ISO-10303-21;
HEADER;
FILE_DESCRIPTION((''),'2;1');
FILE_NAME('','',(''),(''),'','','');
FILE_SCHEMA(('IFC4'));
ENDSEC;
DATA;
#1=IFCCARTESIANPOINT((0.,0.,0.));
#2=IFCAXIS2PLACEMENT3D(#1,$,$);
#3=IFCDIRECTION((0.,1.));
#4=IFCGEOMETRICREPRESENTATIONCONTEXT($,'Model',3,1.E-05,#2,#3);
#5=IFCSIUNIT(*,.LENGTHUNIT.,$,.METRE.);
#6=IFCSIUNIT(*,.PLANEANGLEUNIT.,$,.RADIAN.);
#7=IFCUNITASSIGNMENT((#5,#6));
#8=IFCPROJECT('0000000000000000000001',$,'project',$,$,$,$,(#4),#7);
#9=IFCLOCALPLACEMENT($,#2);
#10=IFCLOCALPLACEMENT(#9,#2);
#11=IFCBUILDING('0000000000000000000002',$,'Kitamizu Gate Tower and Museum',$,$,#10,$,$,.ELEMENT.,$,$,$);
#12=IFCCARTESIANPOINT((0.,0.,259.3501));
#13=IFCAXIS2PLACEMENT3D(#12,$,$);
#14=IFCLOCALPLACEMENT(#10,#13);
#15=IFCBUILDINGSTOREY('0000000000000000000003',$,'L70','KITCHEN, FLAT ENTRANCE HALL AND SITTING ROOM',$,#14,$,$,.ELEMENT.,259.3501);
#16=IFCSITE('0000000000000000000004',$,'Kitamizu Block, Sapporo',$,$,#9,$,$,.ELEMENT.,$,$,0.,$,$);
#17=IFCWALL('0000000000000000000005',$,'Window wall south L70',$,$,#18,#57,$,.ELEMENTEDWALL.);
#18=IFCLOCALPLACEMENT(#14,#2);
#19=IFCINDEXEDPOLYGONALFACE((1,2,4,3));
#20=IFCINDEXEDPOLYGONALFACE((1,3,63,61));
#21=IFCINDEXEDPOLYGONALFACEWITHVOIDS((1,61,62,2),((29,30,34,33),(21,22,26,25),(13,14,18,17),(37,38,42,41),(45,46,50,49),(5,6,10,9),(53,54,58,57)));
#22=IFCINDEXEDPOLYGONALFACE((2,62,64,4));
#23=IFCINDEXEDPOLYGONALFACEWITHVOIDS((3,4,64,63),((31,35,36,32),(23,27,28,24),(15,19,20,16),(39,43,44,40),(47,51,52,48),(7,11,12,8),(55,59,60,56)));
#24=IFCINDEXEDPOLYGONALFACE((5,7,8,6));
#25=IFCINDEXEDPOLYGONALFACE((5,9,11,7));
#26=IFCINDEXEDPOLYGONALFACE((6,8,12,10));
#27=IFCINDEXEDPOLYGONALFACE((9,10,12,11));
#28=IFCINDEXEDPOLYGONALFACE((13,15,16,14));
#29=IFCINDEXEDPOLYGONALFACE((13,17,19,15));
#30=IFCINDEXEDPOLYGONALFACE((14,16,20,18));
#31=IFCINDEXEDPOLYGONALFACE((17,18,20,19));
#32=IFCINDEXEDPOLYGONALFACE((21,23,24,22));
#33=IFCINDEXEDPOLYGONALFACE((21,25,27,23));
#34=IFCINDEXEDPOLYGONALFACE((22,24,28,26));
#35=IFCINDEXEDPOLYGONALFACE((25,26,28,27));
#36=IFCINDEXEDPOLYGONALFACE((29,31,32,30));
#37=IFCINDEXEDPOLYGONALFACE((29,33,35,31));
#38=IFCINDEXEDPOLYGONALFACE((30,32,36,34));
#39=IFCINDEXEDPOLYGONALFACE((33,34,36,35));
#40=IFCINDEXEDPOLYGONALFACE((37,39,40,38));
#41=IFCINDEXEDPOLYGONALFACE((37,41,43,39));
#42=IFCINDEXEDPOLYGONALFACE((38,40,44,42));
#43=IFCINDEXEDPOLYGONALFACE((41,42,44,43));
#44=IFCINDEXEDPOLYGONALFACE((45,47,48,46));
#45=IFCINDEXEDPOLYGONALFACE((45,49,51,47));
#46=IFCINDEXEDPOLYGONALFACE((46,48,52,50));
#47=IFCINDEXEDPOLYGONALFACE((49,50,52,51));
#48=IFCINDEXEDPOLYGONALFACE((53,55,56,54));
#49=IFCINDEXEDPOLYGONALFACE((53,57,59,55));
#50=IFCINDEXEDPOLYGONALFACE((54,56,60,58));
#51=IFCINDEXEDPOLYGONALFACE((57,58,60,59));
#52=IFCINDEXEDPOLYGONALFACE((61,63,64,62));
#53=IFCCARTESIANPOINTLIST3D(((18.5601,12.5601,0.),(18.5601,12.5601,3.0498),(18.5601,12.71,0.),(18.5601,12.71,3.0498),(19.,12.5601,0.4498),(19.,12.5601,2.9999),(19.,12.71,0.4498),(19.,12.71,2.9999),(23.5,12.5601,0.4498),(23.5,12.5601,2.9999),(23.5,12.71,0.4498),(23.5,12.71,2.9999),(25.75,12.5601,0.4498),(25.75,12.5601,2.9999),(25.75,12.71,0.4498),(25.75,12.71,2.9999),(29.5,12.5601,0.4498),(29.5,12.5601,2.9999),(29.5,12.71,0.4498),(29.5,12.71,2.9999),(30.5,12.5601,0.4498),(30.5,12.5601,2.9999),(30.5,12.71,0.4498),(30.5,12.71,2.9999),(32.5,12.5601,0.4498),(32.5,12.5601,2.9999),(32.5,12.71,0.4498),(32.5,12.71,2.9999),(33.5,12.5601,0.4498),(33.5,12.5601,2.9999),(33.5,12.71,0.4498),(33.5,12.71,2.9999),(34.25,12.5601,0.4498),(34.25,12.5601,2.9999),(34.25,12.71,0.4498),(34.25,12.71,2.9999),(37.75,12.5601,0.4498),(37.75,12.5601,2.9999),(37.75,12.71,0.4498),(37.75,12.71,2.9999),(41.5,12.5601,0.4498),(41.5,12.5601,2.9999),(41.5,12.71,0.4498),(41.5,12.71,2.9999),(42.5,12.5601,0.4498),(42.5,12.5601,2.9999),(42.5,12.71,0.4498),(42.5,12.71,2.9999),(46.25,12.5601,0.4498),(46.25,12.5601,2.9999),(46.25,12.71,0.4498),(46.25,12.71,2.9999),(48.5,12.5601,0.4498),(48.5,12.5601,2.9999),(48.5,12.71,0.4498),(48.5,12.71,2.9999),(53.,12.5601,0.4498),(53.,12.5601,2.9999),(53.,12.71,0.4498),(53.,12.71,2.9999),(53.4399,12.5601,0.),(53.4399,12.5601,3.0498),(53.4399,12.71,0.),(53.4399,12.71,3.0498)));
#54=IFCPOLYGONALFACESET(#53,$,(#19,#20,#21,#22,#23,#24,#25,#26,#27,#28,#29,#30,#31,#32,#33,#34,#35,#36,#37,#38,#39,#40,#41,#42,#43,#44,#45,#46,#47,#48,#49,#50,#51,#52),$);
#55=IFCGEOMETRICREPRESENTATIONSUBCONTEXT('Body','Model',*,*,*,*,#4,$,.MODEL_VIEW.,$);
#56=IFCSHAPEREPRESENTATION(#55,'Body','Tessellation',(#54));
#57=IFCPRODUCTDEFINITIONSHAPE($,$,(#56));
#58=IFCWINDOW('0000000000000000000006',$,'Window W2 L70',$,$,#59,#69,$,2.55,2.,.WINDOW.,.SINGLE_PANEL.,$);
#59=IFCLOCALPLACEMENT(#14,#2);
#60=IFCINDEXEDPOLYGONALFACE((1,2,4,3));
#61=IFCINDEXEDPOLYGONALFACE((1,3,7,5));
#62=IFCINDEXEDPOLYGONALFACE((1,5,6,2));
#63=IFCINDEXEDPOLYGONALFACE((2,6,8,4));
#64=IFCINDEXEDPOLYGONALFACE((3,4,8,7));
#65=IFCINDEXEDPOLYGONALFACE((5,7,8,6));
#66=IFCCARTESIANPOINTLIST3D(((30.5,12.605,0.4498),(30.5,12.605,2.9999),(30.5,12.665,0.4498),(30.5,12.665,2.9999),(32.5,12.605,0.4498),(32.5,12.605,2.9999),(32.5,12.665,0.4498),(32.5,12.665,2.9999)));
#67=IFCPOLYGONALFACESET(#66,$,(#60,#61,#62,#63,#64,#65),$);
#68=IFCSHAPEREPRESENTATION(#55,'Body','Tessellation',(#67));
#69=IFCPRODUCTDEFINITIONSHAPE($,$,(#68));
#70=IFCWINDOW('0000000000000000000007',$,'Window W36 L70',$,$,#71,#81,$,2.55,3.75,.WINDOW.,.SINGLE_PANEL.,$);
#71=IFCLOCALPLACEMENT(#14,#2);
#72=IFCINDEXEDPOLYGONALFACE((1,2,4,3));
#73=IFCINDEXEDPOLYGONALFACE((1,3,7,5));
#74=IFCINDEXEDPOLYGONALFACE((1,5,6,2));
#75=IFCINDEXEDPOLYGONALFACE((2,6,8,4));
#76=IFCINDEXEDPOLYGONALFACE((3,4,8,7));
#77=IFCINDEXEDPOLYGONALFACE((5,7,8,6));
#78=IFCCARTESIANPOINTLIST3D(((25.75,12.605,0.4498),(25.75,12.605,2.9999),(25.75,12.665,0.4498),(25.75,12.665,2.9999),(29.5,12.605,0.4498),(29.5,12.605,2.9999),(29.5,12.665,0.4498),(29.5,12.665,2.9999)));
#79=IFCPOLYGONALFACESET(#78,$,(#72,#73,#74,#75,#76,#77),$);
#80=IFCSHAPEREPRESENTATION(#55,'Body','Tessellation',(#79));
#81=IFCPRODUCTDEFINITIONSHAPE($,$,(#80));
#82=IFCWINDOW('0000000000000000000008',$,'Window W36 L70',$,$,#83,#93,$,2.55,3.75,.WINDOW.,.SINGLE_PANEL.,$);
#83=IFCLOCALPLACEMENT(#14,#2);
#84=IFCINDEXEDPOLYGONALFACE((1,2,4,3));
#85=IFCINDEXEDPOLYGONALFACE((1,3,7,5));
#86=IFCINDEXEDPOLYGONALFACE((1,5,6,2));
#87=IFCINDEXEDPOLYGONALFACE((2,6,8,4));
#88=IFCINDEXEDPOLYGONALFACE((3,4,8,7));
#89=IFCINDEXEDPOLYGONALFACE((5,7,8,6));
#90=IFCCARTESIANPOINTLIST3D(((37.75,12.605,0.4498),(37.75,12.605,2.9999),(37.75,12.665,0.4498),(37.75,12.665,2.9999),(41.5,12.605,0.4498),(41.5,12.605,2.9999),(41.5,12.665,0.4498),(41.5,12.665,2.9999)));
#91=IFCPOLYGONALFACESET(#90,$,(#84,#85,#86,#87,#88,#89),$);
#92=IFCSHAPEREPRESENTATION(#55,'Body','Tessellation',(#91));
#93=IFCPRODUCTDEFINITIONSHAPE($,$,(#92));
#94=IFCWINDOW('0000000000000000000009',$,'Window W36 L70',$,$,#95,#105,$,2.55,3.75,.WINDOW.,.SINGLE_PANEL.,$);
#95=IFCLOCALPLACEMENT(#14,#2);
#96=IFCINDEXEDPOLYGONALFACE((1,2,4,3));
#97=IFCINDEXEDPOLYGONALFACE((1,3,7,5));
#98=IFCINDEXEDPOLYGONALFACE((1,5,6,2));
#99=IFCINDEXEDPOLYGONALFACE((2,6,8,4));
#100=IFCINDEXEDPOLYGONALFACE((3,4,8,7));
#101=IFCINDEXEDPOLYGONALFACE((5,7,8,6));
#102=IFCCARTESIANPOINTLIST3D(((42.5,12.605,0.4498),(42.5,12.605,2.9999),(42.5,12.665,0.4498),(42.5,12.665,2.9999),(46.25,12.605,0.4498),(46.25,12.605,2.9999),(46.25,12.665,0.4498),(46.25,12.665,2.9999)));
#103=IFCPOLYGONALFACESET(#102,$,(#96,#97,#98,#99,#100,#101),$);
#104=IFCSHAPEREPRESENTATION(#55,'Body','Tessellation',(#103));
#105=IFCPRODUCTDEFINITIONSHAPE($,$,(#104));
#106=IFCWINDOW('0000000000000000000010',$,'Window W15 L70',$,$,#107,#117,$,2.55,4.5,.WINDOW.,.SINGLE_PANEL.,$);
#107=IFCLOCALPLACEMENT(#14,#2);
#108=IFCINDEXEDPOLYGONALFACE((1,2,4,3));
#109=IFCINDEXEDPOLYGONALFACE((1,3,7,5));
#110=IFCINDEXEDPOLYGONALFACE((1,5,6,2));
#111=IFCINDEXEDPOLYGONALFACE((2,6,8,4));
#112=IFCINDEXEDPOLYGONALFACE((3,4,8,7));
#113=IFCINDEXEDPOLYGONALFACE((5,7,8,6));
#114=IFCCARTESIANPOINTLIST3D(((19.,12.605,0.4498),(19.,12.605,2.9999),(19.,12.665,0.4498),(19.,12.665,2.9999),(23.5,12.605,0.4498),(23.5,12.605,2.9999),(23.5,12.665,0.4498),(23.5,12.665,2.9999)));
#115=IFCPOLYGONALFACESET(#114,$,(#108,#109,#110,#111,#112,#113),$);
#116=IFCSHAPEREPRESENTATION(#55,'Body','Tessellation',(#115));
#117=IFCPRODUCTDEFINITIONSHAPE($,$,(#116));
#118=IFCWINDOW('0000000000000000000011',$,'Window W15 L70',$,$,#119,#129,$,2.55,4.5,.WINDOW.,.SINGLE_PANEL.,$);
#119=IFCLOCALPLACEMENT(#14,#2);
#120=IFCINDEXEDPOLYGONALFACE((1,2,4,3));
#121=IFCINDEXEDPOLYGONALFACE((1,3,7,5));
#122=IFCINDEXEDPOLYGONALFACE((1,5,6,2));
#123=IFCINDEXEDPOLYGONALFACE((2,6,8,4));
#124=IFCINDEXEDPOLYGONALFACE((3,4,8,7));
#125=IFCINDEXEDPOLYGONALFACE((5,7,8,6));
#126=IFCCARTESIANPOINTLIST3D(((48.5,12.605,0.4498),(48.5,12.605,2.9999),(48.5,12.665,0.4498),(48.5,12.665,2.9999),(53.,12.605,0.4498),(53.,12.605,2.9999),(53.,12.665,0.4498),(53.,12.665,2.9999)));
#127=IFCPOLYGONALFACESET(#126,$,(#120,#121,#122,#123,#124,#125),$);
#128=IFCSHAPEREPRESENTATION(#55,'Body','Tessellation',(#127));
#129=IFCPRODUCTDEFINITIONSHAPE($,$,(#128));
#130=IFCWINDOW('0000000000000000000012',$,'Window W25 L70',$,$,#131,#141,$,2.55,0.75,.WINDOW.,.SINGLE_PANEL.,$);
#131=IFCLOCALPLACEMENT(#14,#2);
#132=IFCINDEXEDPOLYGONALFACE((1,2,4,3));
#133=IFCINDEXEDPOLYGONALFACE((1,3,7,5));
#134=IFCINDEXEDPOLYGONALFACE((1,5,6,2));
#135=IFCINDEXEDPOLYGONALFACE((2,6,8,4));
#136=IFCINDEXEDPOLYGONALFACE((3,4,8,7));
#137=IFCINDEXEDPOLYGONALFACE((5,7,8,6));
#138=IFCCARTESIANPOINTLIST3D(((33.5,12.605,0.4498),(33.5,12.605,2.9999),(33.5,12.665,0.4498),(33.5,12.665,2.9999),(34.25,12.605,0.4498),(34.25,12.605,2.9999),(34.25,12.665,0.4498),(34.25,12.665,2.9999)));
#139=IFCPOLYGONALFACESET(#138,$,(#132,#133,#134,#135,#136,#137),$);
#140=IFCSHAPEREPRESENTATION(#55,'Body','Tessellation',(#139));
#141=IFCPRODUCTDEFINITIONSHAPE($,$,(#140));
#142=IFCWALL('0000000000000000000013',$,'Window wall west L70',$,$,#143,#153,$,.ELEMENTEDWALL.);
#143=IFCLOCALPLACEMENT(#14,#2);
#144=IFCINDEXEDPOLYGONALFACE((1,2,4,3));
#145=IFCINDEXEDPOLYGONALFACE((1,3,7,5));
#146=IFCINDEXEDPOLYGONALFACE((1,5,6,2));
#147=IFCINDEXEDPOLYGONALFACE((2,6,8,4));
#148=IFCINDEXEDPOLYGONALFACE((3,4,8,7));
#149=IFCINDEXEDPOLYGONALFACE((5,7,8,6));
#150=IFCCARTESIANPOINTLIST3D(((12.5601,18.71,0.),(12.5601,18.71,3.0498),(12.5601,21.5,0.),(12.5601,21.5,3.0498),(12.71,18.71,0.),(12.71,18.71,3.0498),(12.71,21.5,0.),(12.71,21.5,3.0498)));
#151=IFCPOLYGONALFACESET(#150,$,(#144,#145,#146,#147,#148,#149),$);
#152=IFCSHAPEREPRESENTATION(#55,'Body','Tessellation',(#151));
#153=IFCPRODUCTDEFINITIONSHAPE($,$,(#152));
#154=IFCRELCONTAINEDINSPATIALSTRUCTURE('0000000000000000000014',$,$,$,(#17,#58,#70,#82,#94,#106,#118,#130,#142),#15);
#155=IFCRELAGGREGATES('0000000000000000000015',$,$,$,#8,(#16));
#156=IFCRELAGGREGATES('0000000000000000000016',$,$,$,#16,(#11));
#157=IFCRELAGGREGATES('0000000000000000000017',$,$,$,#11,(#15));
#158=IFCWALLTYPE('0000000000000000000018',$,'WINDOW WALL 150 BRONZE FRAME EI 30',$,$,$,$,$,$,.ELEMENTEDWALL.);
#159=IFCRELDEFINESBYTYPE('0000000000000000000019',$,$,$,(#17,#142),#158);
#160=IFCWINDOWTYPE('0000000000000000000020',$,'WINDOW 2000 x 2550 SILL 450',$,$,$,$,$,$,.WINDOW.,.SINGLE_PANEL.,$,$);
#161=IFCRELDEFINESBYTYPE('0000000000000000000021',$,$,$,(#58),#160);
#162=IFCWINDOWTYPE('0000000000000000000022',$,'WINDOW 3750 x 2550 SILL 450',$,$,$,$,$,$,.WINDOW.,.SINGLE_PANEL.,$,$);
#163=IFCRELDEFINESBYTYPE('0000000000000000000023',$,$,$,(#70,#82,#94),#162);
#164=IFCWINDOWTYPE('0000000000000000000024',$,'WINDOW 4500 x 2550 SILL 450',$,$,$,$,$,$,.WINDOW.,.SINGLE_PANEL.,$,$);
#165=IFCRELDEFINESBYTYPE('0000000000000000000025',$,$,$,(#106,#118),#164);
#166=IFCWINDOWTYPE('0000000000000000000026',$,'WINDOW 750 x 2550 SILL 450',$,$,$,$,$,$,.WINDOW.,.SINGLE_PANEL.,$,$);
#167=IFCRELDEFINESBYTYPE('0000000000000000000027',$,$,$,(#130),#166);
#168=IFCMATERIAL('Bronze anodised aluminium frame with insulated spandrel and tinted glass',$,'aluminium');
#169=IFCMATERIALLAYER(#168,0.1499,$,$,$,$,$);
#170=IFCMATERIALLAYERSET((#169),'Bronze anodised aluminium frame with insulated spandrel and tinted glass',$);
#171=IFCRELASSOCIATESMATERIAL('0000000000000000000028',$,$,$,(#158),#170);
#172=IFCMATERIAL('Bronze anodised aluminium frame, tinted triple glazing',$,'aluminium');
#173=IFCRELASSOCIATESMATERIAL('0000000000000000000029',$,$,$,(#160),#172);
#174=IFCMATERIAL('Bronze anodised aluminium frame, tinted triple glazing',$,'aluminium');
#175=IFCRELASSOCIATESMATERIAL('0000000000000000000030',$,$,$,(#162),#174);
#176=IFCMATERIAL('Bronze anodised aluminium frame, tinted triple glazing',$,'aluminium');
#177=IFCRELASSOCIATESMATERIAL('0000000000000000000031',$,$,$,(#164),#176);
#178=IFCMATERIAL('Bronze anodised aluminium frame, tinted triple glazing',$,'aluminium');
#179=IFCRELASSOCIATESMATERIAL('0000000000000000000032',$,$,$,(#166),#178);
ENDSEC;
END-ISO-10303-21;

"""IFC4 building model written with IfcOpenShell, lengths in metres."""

from ifc_helpers import new_model, si_unit, direction, frame, frame_2d, origin, place, context, subcontext, project, spatial, rectangle, extrude, material, layer, layer_set, type_object, element, fill, save


model = new_model("IFC4")

# Units and contexts
model_context = context("Model", 3, precision=1e-05, world=origin(), true_north=direction((0.0, 1.0)))
body_context = subcontext(model_context, "Body", "Model", "MODEL_VIEW")
ifc_project = project(units=[si_unit("LENGTHUNIT", "METRE"), si_unit("PLANEANGLEUNIT", "RADIAN")], contexts=[model_context])

# Site, building, storey
site_placement = place(None, origin())
site = spatial("IfcSite", under=ifc_project, at=site_placement, Name="Kitamizu Block, Sapporo", CompositionType="ELEMENT", RefElevation=0.0)
building_placement = place(site_placement, origin())
building = spatial("IfcBuilding", under=site, at=building_placement, Name="Kitamizu Gate Tower and Museum", CompositionType="ELEMENT")
storey_placement = place(building_placement, frame((0.0, 0.0, 259.3501)))
storey = spatial("IfcBuildingStorey", under=building, at=storey_placement, Name="L70", Description="KITCHEN, FLAT ENTRANCE HALL AND SITTING ROOM", CompositionType="ELEMENT", Elevation=259.3501)

# Wall, openings, windows
ifc_material_1 = material(Name="Bronze anodised aluminium frame with insulated spandrel and tinted glass", Category="aluminium")
ifc_layer_1 = layer(ifc_material_1, 0.1499)
ifc_layer_set_1 = layer_set([ifc_layer_1], Name="Bronze anodised aluminium frame with insulated spandrel and tinted glass")
wall_type = type_object("IfcWallType", Name="WINDOW WALL 150 BRONZE FRAME EI 30", PredefinedType="ELEMENTEDWALL", material=ifc_layer_set_1)
wall_1_placement = place(storey_placement, frame((18.5601, 12.635, 0.0), z_axis=(0.0, 0.0, 1.0), x_axis=(1.0, 0.0, 0.0)))
wall_1 = element("IfcWall", 1, at=wall_1_placement, inside=storey, type_object=wall_type, Name="Window wall south L70", PredefinedType="ELEMENTEDWALL", context=body_context, shape_type="SweptSolid", body=[
    extrude(rectangle(XDim=34.8799, YDim=0.1499, at=frame_2d((17.4399, 0.0))), origin(), (0.0, 0.0, 1.0), 3.0498),
])
opening_1_placement = place(wall_1_placement, frame((0.4399, 0.0, 0.45)))
opening_1 = element("IfcOpeningElement", 2, at=opening_1_placement, cuts=wall_1, PredefinedType="OPENING", context=body_context, shape_type="SweptSolid", body=[
    extrude(rectangle(XDim=4.5, YDim=2.55, at=frame_2d((2.25, 1.2749))), frame((0.0, 0.085, 0.0), z_axis=(0.0, -1.0, 0.0), x_axis=(1.0, 0.0, 0.0)), (0.0, 0.0, 1.0), 0.1699),
])
opening_2_placement = place(wall_1_placement, frame((7.1899, 0.0, 0.45)))
opening_2 = element("IfcOpeningElement", 3, at=opening_2_placement, cuts=wall_1, PredefinedType="OPENING", context=body_context, shape_type="SweptSolid", body=[
    extrude(rectangle(XDim=3.75, YDim=2.55, at=frame_2d((1.875, 1.2749))), frame((0.0, 0.085, 0.0), z_axis=(0.0, -1.0, 0.0), x_axis=(1.0, 0.0, 0.0)), (0.0, 0.0, 1.0), 0.1699),
])
opening_3_placement = place(wall_1_placement, frame((11.9399, 0.0, 0.45)))
opening_3 = element("IfcOpeningElement", 4, at=opening_3_placement, cuts=wall_1, PredefinedType="OPENING", context=body_context, shape_type="SweptSolid", body=[
    extrude(rectangle(XDim=2.0, YDim=2.55, at=frame_2d((1.0, 1.2749))), frame((0.0, 0.085, 0.0), z_axis=(0.0, -1.0, 0.0), x_axis=(1.0, 0.0, 0.0)), (0.0, 0.0, 1.0), 0.1699),
])
opening_4_placement = place(wall_1_placement, frame((14.9399, 0.0, 0.45)))
opening_4 = element("IfcOpeningElement", 5, at=opening_4_placement, cuts=wall_1, PredefinedType="OPENING", context=body_context, shape_type="SweptSolid", body=[
    extrude(rectangle(XDim=0.75, YDim=2.55, at=frame_2d((0.375, 1.2749))), frame((0.0, 0.085, 0.0), z_axis=(0.0, -1.0, 0.0), x_axis=(1.0, 0.0, 0.0)), (0.0, 0.0, 1.0), 0.1699),
])
opening_5_placement = place(wall_1_placement, frame((19.1899, 0.0, 0.45)))
opening_5 = element("IfcOpeningElement", 6, at=opening_5_placement, cuts=wall_1, PredefinedType="OPENING", context=body_context, shape_type="SweptSolid", body=[
    extrude(rectangle(XDim=3.75, YDim=2.55, at=frame_2d((1.875, 1.2749))), frame((0.0, 0.085, 0.0), z_axis=(0.0, -1.0, 0.0), x_axis=(1.0, 0.0, 0.0)), (0.0, 0.0, 1.0), 0.1699),
])
opening_6_placement = place(wall_1_placement, frame((23.9399, 0.0, 0.45)))
opening_6 = element("IfcOpeningElement", 7, at=opening_6_placement, cuts=wall_1, PredefinedType="OPENING", context=body_context, shape_type="SweptSolid", body=[
    extrude(rectangle(XDim=3.75, YDim=2.55, at=frame_2d((1.875, 1.2749))), frame((0.0, 0.085, 0.0), z_axis=(0.0, -1.0, 0.0), x_axis=(1.0, 0.0, 0.0)), (0.0, 0.0, 1.0), 0.1699),
])
opening_7_placement = place(wall_1_placement, frame((29.9399, 0.0, 0.45)))
opening_7 = element("IfcOpeningElement", 8, at=opening_7_placement, cuts=wall_1, PredefinedType="OPENING", context=body_context, shape_type="SweptSolid", body=[
    extrude(rectangle(XDim=4.5, YDim=2.55, at=frame_2d((2.25, 1.2749))), frame((0.0, 0.085, 0.0), z_axis=(0.0, -1.0, 0.0), x_axis=(1.0, 0.0, 0.0)), (0.0, 0.0, 1.0), 0.1699),
])
ifc_material_2 = material(Name="Bronze anodised aluminium frame, tinted triple glazing", Category="aluminium")
window_type_1 = type_object("IfcWindowType", Name="WINDOW 2000 x 2550 SILL 450", PartitioningType="SINGLE_PANEL", PredefinedType="WINDOW", material=ifc_material_2)
window_1_placement = place(opening_3_placement, origin())
window_1 = element("IfcWindow", 9, at=window_1_placement, inside=storey, type_object=window_type_1, Name="Window W2 L70", OverallHeight=2.55, OverallWidth=2.0, PartitioningType="SINGLE_PANEL", PredefinedType="WINDOW", context=body_context, shape_type="SweptSolid", body=[
    extrude(rectangle(XDim=2.0, YDim=2.55, at=frame_2d((1.0, 1.2749))), frame((0.0, 0.03, 0.0), z_axis=(0.0, -1.0, 0.0), x_axis=(1.0, 0.0, 0.0)), (0.0, 0.0, 1.0), 0.0601),
])
fill(opening_3, window_1)
ifc_material_3 = material(Name="Bronze anodised aluminium frame, tinted triple glazing", Category="aluminium")
window_type_2 = type_object("IfcWindowType", Name="WINDOW 3750 x 2550 SILL 450", PartitioningType="SINGLE_PANEL", PredefinedType="WINDOW", material=ifc_material_3)
window_2_placement = place(opening_2_placement, origin())
window_2 = element("IfcWindow", 10, at=window_2_placement, inside=storey, type_object=window_type_2, Name="Window W36 L70", OverallHeight=2.55, OverallWidth=3.75, PartitioningType="SINGLE_PANEL", PredefinedType="WINDOW", context=body_context, shape_type="SweptSolid", body=[
    extrude(rectangle(XDim=3.75, YDim=2.55, at=frame_2d((1.875, 1.2749))), frame((0.0, 0.03, 0.0), z_axis=(0.0, -1.0, 0.0), x_axis=(1.0, 0.0, 0.0)), (0.0, 0.0, 1.0), 0.0601),
])
fill(opening_2, window_2)
window_3_placement = place(opening_5_placement, origin())
window_3 = element("IfcWindow", 11, at=window_3_placement, inside=storey, type_object=window_type_2, Name="Window W36 L70", OverallHeight=2.55, OverallWidth=3.75, PartitioningType="SINGLE_PANEL", PredefinedType="WINDOW", context=body_context, shape_type="SweptSolid", body=[
    extrude(rectangle(XDim=3.75, YDim=2.55, at=frame_2d((1.875, 1.2749))), frame((0.0, 0.03, 0.0), z_axis=(0.0, -1.0, 0.0), x_axis=(1.0, 0.0, 0.0)), (0.0, 0.0, 1.0), 0.0601),
])
fill(opening_5, window_3)
window_4_placement = place(opening_6_placement, origin())
window_4 = element("IfcWindow", 12, at=window_4_placement, inside=storey, type_object=window_type_2, Name="Window W36 L70", OverallHeight=2.55, OverallWidth=3.75, PartitioningType="SINGLE_PANEL", PredefinedType="WINDOW", context=body_context, shape_type="SweptSolid", body=[
    extrude(rectangle(XDim=3.75, YDim=2.55, at=frame_2d((1.875, 1.2749))), frame((0.0, 0.03, 0.0), z_axis=(0.0, -1.0, 0.0), x_axis=(1.0, 0.0, 0.0)), (0.0, 0.0, 1.0), 0.0601),
])
fill(opening_6, window_4)
ifc_material_4 = material(Name="Bronze anodised aluminium frame, tinted triple glazing", Category="aluminium")
window_type_3 = type_object("IfcWindowType", Name="WINDOW 4500 x 2550 SILL 450", PartitioningType="SINGLE_PANEL", PredefinedType="WINDOW", material=ifc_material_4)
window_5_placement = place(opening_1_placement, origin())
window_5 = element("IfcWindow", 13, at=window_5_placement, inside=storey, type_object=window_type_3, Name="Window W15 L70", OverallHeight=2.55, OverallWidth=4.5, PartitioningType="SINGLE_PANEL", PredefinedType="WINDOW", context=body_context, shape_type="SweptSolid", body=[
    extrude(rectangle(XDim=4.5, YDim=2.55, at=frame_2d((2.25, 1.2749))), frame((0.0, 0.03, 0.0), z_axis=(0.0, -1.0, 0.0), x_axis=(1.0, 0.0, 0.0)), (0.0, 0.0, 1.0), 0.0601),
])
fill(opening_1, window_5)
window_6_placement = place(opening_7_placement, origin())
window_6 = element("IfcWindow", 14, at=window_6_placement, inside=storey, type_object=window_type_3, Name="Window W15 L70", OverallHeight=2.55, OverallWidth=4.5, PartitioningType="SINGLE_PANEL", PredefinedType="WINDOW", context=body_context, shape_type="SweptSolid", body=[
    extrude(rectangle(XDim=4.5, YDim=2.55, at=frame_2d((2.25, 1.2749))), frame((0.0, 0.03, 0.0), z_axis=(0.0, -1.0, 0.0), x_axis=(1.0, 0.0, 0.0)), (0.0, 0.0, 1.0), 0.0601),
])
fill(opening_7, window_6)
ifc_material_5 = material(Name="Bronze anodised aluminium frame, tinted triple glazing", Category="aluminium")
window_type_4 = type_object("IfcWindowType", Name="WINDOW 750 x 2550 SILL 450", PartitioningType="SINGLE_PANEL", PredefinedType="WINDOW", material=ifc_material_5)
window_7_placement = place(opening_4_placement, origin())
window_7 = element("IfcWindow", 15, at=window_7_placement, inside=storey, type_object=window_type_4, Name="Window W25 L70", OverallHeight=2.55, OverallWidth=0.75, PartitioningType="SINGLE_PANEL", PredefinedType="WINDOW", context=body_context, shape_type="SweptSolid", body=[
    extrude(rectangle(XDim=0.75, YDim=2.55, at=frame_2d((0.375, 1.2749))), frame((0.0, 0.03, 0.0), z_axis=(0.0, -1.0, 0.0), x_axis=(1.0, 0.0, 0.0)), (0.0, 0.0, 1.0), 0.0601),
])
fill(opening_4, window_7)

# Wall
wall_2_placement = place(storey_placement, frame((12.635, 18.71, 0.0), z_axis=(0.0, 0.0, 1.0), x_axis=(0.0, 1.0, 0.0)))
element("IfcWall", 16, at=wall_2_placement, inside=storey, type_object=wall_type, Name="Window wall west L70", PredefinedType="ELEMENTEDWALL", context=body_context, shape_type="SweptSolid", body=[
    extrude(rectangle(XDim=2.79, YDim=0.1499, at=frame_2d((1.395, 0.0))), origin(), (0.0, 0.0, 1.0), 3.0498),
])

save(model, "model.ifc")
